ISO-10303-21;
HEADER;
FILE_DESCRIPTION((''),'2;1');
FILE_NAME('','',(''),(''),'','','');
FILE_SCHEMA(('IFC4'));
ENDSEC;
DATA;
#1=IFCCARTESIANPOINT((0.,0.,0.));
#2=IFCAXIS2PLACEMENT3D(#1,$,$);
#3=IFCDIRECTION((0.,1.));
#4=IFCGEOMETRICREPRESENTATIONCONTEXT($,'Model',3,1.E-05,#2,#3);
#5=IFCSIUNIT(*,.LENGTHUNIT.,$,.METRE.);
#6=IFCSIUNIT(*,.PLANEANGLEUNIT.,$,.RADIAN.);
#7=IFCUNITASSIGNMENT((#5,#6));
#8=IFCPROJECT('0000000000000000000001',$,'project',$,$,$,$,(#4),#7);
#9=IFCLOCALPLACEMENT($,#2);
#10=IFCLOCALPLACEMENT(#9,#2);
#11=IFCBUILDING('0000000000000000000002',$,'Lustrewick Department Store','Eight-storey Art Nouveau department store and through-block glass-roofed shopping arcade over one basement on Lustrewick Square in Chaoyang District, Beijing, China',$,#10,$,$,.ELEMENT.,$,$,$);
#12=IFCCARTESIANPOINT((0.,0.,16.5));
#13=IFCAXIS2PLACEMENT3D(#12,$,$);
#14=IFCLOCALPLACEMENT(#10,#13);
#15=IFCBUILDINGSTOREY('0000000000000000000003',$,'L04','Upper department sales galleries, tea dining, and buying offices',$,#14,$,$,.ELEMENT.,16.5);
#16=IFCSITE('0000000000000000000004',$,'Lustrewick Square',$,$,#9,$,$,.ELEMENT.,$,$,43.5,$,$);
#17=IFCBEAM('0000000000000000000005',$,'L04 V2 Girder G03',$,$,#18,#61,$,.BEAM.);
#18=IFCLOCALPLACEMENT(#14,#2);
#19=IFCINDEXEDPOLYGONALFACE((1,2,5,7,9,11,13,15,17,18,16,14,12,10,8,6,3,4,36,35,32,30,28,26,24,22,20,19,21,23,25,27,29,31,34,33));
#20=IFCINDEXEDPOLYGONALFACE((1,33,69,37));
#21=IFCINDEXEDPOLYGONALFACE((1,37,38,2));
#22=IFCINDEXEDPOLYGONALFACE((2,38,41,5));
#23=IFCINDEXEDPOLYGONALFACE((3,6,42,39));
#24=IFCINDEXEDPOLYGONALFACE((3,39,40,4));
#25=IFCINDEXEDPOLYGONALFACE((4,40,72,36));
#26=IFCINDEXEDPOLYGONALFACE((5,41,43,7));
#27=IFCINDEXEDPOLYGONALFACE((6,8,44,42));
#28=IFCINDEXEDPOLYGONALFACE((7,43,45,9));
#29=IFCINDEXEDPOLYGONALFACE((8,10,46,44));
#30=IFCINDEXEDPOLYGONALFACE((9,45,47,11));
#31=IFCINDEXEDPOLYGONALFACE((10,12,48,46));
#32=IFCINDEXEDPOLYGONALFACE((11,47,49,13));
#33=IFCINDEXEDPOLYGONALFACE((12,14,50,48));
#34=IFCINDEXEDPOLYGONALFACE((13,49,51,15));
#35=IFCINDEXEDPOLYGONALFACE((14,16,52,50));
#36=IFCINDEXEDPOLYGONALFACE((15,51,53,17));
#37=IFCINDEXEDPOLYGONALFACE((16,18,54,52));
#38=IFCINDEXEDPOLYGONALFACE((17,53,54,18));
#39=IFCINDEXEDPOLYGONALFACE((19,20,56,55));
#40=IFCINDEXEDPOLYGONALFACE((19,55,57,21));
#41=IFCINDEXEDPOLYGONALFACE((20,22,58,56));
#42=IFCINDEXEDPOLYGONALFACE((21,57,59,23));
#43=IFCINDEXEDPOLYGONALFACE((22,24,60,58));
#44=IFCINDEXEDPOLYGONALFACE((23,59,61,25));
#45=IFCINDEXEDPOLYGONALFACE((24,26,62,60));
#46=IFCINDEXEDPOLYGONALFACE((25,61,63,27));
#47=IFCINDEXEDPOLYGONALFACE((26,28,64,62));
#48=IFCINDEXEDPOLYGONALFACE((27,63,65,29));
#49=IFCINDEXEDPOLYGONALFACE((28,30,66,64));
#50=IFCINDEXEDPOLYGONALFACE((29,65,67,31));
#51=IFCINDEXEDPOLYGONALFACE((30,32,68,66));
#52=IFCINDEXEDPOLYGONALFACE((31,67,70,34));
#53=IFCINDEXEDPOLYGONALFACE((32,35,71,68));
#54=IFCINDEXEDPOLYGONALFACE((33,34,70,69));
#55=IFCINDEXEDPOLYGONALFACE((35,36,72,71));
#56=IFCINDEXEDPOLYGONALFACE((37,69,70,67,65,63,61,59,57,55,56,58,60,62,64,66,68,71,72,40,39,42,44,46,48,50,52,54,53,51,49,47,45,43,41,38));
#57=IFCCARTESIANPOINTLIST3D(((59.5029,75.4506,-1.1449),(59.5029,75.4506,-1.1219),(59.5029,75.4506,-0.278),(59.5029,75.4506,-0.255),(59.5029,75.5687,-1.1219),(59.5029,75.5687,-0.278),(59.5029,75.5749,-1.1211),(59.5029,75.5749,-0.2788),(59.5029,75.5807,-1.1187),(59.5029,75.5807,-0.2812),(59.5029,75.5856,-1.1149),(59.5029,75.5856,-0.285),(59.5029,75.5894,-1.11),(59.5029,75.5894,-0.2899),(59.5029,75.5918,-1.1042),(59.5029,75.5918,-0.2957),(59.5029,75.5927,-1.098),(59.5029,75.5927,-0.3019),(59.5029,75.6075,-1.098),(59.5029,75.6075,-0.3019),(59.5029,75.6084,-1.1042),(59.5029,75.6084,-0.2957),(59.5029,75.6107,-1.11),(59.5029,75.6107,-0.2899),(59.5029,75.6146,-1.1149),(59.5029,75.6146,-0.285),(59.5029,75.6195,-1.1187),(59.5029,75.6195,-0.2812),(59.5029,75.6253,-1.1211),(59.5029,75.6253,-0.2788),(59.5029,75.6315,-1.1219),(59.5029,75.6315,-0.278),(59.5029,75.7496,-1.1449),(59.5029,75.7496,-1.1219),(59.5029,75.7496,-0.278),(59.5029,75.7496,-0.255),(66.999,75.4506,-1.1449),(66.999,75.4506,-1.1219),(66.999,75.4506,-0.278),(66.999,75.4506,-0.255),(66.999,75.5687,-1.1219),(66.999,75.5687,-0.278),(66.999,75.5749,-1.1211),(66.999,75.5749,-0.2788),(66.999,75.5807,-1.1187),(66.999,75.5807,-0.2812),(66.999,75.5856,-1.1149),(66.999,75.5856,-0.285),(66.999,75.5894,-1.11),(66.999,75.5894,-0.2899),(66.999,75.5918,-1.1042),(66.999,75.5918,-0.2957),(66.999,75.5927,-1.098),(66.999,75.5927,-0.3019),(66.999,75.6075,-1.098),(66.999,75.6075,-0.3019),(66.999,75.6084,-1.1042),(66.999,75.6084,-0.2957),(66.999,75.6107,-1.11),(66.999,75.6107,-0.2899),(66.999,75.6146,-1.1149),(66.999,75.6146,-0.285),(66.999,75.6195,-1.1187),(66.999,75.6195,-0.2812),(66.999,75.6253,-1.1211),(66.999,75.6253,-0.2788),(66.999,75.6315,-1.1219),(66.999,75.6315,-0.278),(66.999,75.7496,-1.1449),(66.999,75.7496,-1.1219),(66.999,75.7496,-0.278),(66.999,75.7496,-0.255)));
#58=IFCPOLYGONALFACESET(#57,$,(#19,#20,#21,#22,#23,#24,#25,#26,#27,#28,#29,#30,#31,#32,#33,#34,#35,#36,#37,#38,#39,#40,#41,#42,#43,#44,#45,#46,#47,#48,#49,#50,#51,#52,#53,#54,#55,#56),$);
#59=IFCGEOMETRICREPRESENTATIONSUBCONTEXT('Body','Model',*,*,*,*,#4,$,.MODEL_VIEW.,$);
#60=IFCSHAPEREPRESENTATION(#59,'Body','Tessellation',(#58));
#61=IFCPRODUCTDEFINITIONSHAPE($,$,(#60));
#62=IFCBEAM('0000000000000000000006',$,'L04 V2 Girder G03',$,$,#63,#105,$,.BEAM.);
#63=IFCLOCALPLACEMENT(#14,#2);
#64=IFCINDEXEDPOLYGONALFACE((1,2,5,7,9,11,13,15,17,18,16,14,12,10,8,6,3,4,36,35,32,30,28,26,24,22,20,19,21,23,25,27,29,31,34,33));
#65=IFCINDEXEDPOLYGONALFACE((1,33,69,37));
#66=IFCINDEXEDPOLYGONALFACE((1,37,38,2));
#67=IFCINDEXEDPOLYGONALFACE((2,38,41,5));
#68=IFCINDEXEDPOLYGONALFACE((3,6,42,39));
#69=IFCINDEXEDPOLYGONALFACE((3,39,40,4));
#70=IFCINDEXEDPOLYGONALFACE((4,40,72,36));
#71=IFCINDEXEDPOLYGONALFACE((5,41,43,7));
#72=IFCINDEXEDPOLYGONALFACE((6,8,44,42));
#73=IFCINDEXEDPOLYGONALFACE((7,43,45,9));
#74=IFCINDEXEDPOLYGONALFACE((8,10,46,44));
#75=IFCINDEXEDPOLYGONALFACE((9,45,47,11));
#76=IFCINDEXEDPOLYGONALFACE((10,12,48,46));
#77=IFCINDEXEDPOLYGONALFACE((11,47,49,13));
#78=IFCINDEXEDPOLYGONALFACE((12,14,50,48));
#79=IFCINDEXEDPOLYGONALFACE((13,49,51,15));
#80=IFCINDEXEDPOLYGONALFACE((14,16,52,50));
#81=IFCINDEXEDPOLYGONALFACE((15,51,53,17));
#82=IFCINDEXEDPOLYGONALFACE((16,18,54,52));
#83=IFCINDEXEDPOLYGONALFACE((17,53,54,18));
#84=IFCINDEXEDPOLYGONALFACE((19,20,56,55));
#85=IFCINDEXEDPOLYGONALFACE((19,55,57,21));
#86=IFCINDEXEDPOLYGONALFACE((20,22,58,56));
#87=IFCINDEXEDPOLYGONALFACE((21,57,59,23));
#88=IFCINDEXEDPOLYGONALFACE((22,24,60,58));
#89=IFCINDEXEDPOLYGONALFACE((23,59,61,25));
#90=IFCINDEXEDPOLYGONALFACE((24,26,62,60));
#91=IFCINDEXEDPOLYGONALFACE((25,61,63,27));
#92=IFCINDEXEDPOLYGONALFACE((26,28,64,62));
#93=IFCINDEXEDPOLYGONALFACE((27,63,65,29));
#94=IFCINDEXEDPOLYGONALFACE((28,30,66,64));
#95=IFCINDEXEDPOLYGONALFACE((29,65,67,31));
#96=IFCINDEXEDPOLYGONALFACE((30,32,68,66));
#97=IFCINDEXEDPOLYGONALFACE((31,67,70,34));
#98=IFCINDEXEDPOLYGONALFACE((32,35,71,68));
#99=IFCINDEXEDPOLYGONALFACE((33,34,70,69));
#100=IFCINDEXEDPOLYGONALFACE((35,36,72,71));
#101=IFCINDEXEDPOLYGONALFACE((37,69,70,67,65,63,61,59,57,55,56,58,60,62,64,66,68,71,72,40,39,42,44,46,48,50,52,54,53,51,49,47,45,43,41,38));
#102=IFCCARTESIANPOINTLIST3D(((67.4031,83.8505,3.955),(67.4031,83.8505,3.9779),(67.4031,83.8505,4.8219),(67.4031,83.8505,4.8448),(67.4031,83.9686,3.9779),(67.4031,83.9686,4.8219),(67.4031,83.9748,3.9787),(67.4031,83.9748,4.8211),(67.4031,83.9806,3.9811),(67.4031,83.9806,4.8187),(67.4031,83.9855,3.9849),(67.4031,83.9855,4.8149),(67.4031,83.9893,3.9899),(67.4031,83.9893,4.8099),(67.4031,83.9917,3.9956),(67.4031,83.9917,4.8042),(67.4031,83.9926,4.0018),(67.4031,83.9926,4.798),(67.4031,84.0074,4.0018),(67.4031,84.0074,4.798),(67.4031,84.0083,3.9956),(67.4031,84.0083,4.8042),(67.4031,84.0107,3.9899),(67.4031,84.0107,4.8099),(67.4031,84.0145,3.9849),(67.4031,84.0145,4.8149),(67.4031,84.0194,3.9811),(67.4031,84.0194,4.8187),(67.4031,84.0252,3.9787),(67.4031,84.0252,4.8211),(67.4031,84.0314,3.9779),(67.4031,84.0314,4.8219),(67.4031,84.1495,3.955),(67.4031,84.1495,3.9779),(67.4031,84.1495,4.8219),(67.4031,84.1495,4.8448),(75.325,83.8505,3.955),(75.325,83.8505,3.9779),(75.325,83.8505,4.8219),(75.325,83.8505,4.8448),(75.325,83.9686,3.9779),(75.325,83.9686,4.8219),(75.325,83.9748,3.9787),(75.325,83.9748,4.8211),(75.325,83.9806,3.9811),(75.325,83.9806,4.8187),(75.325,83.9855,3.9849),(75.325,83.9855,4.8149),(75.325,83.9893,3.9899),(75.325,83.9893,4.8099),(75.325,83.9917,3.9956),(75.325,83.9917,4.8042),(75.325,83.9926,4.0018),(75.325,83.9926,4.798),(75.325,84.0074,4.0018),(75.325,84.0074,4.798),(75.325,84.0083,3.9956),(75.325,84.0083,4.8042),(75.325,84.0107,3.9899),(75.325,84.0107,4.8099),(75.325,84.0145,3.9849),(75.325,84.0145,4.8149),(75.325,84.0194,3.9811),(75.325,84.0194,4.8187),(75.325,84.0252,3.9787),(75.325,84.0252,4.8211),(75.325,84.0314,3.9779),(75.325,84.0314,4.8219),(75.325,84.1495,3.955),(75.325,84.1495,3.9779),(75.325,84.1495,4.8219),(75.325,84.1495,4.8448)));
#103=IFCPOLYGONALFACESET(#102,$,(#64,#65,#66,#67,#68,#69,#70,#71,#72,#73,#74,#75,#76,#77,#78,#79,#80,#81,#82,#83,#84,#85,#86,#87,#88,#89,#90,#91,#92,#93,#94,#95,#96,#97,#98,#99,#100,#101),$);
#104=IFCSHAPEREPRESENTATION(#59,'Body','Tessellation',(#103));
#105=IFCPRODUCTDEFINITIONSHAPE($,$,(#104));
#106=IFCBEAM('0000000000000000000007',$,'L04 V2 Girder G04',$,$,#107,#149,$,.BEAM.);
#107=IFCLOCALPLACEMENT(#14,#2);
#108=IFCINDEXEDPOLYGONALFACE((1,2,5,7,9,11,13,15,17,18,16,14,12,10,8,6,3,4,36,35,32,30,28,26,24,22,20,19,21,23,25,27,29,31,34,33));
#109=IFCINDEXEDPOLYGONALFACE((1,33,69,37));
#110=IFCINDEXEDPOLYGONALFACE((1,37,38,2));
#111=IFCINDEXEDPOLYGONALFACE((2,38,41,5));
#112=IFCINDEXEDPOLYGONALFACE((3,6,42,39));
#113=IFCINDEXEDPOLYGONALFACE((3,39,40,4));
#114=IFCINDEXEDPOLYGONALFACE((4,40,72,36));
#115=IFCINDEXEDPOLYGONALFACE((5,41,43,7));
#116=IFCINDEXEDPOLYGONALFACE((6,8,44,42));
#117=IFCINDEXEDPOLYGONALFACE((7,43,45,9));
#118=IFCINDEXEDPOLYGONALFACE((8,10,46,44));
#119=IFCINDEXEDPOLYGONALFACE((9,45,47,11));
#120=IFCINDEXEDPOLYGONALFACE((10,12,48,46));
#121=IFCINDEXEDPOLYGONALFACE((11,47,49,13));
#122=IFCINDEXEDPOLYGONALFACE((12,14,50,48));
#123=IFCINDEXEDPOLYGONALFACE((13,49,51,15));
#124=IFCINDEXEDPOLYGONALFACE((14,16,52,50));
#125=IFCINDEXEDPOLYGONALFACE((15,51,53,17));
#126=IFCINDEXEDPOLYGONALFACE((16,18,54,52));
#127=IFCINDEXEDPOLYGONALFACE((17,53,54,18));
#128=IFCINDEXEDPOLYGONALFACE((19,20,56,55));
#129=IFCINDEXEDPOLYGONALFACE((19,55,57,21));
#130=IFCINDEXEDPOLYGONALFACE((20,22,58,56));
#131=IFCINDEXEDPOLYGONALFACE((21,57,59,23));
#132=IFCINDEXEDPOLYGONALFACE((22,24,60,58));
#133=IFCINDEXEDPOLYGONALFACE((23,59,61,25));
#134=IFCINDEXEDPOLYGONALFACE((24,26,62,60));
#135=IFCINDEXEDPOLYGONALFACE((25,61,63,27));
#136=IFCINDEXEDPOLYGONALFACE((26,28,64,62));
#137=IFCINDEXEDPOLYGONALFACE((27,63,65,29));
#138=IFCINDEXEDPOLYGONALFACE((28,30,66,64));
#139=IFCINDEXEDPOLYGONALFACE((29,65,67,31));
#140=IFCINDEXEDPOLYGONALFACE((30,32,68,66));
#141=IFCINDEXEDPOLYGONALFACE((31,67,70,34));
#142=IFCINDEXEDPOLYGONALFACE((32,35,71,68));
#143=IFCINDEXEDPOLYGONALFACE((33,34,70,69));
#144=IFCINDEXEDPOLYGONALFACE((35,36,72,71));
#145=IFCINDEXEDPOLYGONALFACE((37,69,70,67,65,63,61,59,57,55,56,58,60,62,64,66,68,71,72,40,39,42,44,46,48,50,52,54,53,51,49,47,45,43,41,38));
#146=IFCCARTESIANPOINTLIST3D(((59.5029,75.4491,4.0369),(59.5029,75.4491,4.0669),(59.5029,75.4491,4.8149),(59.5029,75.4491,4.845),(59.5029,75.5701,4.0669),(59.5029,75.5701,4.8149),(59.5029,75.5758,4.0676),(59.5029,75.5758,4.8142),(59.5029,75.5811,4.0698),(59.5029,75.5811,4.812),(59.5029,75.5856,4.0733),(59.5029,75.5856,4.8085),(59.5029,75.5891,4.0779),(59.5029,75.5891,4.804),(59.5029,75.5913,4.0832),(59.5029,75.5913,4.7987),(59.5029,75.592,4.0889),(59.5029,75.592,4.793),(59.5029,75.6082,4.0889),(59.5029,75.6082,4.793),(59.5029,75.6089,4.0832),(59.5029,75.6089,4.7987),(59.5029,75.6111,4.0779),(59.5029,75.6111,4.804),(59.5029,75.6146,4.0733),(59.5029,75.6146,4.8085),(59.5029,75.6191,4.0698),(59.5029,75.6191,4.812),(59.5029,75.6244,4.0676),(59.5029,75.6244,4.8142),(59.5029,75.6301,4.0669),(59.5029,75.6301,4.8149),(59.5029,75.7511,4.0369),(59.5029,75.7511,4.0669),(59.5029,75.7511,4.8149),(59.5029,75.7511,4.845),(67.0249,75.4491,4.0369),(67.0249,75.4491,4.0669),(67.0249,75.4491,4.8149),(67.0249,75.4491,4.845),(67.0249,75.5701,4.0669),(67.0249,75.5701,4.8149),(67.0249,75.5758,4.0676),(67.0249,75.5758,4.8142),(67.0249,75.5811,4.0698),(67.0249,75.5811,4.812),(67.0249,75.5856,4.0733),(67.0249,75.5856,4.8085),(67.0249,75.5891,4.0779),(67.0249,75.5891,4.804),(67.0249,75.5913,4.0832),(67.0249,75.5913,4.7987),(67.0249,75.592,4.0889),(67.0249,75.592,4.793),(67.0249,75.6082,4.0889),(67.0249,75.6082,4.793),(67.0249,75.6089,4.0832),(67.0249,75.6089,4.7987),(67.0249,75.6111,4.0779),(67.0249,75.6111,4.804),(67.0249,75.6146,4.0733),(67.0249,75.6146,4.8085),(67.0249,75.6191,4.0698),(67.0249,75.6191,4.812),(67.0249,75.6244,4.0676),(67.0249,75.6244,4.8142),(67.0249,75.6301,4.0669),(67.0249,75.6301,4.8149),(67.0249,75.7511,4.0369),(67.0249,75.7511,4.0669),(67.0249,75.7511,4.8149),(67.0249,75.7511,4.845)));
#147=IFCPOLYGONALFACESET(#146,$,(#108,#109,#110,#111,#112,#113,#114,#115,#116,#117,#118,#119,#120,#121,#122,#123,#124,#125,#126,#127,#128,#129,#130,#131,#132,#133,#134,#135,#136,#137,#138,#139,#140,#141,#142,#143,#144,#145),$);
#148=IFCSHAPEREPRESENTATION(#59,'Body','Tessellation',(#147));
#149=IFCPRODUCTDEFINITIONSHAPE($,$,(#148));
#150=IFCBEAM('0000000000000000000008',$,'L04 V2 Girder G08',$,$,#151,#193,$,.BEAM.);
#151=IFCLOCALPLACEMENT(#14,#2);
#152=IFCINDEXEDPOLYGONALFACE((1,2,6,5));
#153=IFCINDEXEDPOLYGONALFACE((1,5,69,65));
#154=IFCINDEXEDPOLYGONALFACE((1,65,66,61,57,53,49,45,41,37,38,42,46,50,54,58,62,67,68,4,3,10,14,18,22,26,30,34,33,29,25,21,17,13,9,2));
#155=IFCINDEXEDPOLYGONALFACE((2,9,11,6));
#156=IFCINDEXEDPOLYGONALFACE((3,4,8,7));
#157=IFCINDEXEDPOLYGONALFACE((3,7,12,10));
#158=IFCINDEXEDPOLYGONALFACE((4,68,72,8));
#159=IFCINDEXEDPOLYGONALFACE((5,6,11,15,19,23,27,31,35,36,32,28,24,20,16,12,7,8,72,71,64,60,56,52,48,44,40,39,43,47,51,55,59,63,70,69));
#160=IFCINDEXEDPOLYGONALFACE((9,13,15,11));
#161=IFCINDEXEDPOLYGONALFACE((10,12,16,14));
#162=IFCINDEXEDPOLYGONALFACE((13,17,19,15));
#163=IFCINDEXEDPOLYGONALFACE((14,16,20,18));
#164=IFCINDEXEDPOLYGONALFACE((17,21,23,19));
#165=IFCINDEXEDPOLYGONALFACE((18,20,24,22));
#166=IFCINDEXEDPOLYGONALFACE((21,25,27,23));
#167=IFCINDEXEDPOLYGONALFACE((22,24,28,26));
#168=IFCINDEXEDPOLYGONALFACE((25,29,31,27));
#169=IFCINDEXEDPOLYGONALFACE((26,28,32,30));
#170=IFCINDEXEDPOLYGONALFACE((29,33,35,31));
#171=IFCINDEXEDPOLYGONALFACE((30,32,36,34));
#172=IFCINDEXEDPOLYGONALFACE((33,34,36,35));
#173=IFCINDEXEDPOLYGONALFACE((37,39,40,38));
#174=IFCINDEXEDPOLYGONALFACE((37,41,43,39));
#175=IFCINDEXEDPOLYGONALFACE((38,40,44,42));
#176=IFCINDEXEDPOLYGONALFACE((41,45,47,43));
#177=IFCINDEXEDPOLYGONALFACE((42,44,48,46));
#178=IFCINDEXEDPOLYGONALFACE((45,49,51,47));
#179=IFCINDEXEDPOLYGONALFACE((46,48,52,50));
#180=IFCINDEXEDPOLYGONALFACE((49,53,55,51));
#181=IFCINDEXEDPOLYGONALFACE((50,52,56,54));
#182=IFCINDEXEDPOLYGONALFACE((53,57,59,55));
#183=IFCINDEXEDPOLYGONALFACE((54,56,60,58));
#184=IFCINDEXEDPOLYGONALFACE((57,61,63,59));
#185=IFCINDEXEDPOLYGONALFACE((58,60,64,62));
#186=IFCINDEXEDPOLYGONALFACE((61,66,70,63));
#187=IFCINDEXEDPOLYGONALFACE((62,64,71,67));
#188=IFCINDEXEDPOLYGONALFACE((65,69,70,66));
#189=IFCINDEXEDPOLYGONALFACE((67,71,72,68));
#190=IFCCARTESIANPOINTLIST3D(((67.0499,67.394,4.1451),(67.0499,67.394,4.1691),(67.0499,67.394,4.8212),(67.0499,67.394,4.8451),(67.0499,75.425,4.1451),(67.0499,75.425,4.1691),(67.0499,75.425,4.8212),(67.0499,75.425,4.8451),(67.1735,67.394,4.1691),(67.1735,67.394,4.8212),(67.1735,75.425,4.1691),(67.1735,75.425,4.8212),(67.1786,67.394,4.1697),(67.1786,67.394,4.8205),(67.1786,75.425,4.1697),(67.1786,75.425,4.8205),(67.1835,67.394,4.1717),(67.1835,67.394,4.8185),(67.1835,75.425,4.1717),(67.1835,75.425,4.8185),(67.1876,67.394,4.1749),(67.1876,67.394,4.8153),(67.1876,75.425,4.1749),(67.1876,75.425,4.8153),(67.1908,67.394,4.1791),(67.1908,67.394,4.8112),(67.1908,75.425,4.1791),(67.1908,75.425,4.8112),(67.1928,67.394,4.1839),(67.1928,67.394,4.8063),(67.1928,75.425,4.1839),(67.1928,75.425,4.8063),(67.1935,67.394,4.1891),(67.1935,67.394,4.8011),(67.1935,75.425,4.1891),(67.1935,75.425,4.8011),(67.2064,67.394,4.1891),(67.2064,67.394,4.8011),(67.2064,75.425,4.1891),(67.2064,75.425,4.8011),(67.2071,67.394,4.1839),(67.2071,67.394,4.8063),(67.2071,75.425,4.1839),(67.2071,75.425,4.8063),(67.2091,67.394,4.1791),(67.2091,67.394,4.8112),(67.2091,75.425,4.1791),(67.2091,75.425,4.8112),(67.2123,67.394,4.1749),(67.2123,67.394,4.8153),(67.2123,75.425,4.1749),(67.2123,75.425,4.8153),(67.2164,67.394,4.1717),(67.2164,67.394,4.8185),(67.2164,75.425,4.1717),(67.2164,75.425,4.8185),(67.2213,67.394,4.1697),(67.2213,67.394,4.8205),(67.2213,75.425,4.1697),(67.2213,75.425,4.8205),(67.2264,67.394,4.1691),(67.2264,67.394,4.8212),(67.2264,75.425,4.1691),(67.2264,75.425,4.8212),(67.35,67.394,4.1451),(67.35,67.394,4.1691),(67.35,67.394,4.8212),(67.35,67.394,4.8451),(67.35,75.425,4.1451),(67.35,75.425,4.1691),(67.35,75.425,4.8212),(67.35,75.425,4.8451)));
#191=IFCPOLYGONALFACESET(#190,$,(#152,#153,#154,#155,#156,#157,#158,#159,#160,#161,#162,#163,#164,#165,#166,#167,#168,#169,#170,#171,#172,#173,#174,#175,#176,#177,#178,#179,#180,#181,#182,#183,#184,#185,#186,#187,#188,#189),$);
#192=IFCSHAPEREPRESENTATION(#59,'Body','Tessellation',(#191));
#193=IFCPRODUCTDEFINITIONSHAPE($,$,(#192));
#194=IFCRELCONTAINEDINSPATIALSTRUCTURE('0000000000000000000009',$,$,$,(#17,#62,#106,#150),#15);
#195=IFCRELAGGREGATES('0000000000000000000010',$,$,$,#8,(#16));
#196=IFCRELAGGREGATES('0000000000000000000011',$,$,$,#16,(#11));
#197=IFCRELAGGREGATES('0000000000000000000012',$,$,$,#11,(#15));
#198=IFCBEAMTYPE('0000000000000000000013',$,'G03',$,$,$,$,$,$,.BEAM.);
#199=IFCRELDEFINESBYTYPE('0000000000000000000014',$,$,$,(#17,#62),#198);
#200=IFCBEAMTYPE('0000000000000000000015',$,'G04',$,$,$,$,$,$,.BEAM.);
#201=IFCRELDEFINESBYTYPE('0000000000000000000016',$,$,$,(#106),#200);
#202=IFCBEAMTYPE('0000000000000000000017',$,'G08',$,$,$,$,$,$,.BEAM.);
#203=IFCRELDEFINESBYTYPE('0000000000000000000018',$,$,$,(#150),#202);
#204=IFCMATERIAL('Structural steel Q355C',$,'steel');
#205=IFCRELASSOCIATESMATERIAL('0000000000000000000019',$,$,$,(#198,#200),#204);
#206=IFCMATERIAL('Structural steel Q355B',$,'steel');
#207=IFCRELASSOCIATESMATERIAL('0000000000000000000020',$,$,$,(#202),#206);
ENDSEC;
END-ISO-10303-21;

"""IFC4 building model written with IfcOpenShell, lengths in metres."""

from ifc_helpers import new_model, si_unit, direction, frame, origin, origin_2d, place, context, subcontext, project, spatial, i_section, extrude, material, material_profile, profile_set, type_object, element, save


model = new_model("IFC4")

# Units and contexts
model_context = context("Model", 3, precision=1e-05, world=origin(), true_north=direction((0.0, 1.0)))
body_context = subcontext(model_context, "Body", "Model", "MODEL_VIEW")
ifc_project = project(units=[si_unit("LENGTHUNIT", "METRE"), si_unit("PLANEANGLEUNIT", "RADIAN")], contexts=[model_context])

# Site, building, storey
site_placement = place(None, origin())
site = spatial("IfcSite", under=ifc_project, at=site_placement, Name="Lustrewick Square", CompositionType="ELEMENT", RefElevation=43.5)
building_placement = place(site_placement, origin())
building = spatial("IfcBuilding", under=site, at=building_placement, Name="Lustrewick Department Store", Description="Eight-storey Art Nouveau department store and through-block glass-roofed shopping arcade over one basement on Lustrewick Square in Chaoyang District, Beijing, China", CompositionType="ELEMENT")
storey_placement = place(building_placement, frame((0.0, 0.0, 16.5)))
storey = spatial("IfcBuildingStorey", under=building, at=storey_placement, Name="L04", Description="Upper department sales galleries, tea dining, and buying offices", CompositionType="ELEMENT", Elevation=16.5)

# Shared definitions
ifc_material_1 = material(Name="Structural steel Q355B", Category="steel")
ifc_material_2 = material(Name="Structural steel Q355C", Category="steel")

# Beams
ifc_material_profile_1 = material_profile(ifc_material_2, i_section(OverallWidth=0.2991, OverallDepth=0.8899, WebThickness=0.0149, FlangeThickness=0.0229, FilletRadius=0.0239, at=origin_2d()), Name="HN 890x299x15x23")
ifc_profile_set_1 = profile_set([ifc_material_profile_1], Name="Structural steel Q355C")
beam_type_1 = type_object("IfcBeamType", Name="G03", PredefinedType="BEAM", material=ifc_profile_set_1)
beam_1_placement = place(storey_placement, frame((59.5029, 75.6001, -0.7), z_axis=(1.0, 0.0, 0.0), x_axis=(0.0, 1.0, 0.0)))
element("IfcBeam", 1, at=beam_1_placement, inside=storey, type_object=beam_type_1, Name="L04 V2 Girder G03", PredefinedType="BEAM", context=body_context, shape_type="SweptSolid", body=[
    extrude(i_section(OverallWidth=0.2991, OverallDepth=0.8899, WebThickness=0.0149, FlangeThickness=0.0229, FilletRadius=0.0239, at=origin_2d()), origin(), (0.0, 0.0, 1.0), 7.4961),
])
beam_2_placement = place(storey_placement, frame((67.4031, 84.0, 4.3999), z_axis=(1.0, 0.0, 0.0), x_axis=(0.0, 1.0, 0.0)))
element("IfcBeam", 2, at=beam_2_placement, inside=storey, type_object=beam_type_1, Name="L04 V2 Girder G03", PredefinedType="BEAM", context=body_context, shape_type="SweptSolid", body=[
    extrude(i_section(OverallWidth=0.2991, OverallDepth=0.8899, WebThickness=0.0149, FlangeThickness=0.0229, FilletRadius=0.0239, at=origin_2d()), origin(), (0.0, 0.0, 1.0), 7.9219),
])
ifc_material_profile_2 = material_profile(ifc_material_2, i_section(OverallWidth=0.302, OverallDepth=0.8081, WebThickness=0.0161, FlangeThickness=0.03, FilletRadius=0.022, at=origin_2d()), Name="HN 808x302x16x30")
ifc_profile_set_2 = profile_set([ifc_material_profile_2], Name="Structural steel Q355C")
beam_type_2 = type_object("IfcBeamType", Name="G04", PredefinedType="BEAM", material=ifc_profile_set_2)
beam_3_placement = place(storey_placement, frame((59.5029, 75.6001, 4.4409), z_axis=(1.0, 0.0, 0.0), x_axis=(0.0, 1.0, 0.0)))
element("IfcBeam", 3, at=beam_3_placement, inside=storey, type_object=beam_type_2, Name="L04 V2 Girder G04", PredefinedType="BEAM", context=body_context, shape_type="SweptSolid", body=[
    extrude(i_section(OverallWidth=0.302, OverallDepth=0.8081, WebThickness=0.0161, FlangeThickness=0.03, FilletRadius=0.022, at=origin_2d()), origin(), (0.0, 0.0, 1.0), 7.522),
])
ifc_material_profile_3 = material_profile(ifc_material_1, i_section(OverallWidth=0.3, OverallDepth=0.7, WebThickness=0.0129, FlangeThickness=0.0239, FilletRadius=0.02, at=origin_2d()), Name="HN 700x300x13x24")
ifc_profile_set_3 = profile_set([ifc_material_profile_3], Name="Structural steel Q355B")
beam_type_3 = type_object("IfcBeamType", Name="G08", PredefinedType="BEAM", material=ifc_profile_set_3)
beam_4_placement = place(storey_placement, frame((67.2, 67.394, 4.4951), z_axis=(0.0, 1.0, 0.0), x_axis=(-1.0, 0.0, 0.0)))
element("IfcBeam", 4, at=beam_4_placement, inside=storey, type_object=beam_type_3, Name="L04 V2 Girder G08", PredefinedType="BEAM", context=body_context, shape_type="SweptSolid", body=[
    extrude(i_section(OverallWidth=0.3, OverallDepth=0.7, WebThickness=0.0129, FlangeThickness=0.0239, FilletRadius=0.02, at=origin_2d()), origin(), (0.0, 0.0, 1.0), 8.031),
])

save(model, "model.ifc")
